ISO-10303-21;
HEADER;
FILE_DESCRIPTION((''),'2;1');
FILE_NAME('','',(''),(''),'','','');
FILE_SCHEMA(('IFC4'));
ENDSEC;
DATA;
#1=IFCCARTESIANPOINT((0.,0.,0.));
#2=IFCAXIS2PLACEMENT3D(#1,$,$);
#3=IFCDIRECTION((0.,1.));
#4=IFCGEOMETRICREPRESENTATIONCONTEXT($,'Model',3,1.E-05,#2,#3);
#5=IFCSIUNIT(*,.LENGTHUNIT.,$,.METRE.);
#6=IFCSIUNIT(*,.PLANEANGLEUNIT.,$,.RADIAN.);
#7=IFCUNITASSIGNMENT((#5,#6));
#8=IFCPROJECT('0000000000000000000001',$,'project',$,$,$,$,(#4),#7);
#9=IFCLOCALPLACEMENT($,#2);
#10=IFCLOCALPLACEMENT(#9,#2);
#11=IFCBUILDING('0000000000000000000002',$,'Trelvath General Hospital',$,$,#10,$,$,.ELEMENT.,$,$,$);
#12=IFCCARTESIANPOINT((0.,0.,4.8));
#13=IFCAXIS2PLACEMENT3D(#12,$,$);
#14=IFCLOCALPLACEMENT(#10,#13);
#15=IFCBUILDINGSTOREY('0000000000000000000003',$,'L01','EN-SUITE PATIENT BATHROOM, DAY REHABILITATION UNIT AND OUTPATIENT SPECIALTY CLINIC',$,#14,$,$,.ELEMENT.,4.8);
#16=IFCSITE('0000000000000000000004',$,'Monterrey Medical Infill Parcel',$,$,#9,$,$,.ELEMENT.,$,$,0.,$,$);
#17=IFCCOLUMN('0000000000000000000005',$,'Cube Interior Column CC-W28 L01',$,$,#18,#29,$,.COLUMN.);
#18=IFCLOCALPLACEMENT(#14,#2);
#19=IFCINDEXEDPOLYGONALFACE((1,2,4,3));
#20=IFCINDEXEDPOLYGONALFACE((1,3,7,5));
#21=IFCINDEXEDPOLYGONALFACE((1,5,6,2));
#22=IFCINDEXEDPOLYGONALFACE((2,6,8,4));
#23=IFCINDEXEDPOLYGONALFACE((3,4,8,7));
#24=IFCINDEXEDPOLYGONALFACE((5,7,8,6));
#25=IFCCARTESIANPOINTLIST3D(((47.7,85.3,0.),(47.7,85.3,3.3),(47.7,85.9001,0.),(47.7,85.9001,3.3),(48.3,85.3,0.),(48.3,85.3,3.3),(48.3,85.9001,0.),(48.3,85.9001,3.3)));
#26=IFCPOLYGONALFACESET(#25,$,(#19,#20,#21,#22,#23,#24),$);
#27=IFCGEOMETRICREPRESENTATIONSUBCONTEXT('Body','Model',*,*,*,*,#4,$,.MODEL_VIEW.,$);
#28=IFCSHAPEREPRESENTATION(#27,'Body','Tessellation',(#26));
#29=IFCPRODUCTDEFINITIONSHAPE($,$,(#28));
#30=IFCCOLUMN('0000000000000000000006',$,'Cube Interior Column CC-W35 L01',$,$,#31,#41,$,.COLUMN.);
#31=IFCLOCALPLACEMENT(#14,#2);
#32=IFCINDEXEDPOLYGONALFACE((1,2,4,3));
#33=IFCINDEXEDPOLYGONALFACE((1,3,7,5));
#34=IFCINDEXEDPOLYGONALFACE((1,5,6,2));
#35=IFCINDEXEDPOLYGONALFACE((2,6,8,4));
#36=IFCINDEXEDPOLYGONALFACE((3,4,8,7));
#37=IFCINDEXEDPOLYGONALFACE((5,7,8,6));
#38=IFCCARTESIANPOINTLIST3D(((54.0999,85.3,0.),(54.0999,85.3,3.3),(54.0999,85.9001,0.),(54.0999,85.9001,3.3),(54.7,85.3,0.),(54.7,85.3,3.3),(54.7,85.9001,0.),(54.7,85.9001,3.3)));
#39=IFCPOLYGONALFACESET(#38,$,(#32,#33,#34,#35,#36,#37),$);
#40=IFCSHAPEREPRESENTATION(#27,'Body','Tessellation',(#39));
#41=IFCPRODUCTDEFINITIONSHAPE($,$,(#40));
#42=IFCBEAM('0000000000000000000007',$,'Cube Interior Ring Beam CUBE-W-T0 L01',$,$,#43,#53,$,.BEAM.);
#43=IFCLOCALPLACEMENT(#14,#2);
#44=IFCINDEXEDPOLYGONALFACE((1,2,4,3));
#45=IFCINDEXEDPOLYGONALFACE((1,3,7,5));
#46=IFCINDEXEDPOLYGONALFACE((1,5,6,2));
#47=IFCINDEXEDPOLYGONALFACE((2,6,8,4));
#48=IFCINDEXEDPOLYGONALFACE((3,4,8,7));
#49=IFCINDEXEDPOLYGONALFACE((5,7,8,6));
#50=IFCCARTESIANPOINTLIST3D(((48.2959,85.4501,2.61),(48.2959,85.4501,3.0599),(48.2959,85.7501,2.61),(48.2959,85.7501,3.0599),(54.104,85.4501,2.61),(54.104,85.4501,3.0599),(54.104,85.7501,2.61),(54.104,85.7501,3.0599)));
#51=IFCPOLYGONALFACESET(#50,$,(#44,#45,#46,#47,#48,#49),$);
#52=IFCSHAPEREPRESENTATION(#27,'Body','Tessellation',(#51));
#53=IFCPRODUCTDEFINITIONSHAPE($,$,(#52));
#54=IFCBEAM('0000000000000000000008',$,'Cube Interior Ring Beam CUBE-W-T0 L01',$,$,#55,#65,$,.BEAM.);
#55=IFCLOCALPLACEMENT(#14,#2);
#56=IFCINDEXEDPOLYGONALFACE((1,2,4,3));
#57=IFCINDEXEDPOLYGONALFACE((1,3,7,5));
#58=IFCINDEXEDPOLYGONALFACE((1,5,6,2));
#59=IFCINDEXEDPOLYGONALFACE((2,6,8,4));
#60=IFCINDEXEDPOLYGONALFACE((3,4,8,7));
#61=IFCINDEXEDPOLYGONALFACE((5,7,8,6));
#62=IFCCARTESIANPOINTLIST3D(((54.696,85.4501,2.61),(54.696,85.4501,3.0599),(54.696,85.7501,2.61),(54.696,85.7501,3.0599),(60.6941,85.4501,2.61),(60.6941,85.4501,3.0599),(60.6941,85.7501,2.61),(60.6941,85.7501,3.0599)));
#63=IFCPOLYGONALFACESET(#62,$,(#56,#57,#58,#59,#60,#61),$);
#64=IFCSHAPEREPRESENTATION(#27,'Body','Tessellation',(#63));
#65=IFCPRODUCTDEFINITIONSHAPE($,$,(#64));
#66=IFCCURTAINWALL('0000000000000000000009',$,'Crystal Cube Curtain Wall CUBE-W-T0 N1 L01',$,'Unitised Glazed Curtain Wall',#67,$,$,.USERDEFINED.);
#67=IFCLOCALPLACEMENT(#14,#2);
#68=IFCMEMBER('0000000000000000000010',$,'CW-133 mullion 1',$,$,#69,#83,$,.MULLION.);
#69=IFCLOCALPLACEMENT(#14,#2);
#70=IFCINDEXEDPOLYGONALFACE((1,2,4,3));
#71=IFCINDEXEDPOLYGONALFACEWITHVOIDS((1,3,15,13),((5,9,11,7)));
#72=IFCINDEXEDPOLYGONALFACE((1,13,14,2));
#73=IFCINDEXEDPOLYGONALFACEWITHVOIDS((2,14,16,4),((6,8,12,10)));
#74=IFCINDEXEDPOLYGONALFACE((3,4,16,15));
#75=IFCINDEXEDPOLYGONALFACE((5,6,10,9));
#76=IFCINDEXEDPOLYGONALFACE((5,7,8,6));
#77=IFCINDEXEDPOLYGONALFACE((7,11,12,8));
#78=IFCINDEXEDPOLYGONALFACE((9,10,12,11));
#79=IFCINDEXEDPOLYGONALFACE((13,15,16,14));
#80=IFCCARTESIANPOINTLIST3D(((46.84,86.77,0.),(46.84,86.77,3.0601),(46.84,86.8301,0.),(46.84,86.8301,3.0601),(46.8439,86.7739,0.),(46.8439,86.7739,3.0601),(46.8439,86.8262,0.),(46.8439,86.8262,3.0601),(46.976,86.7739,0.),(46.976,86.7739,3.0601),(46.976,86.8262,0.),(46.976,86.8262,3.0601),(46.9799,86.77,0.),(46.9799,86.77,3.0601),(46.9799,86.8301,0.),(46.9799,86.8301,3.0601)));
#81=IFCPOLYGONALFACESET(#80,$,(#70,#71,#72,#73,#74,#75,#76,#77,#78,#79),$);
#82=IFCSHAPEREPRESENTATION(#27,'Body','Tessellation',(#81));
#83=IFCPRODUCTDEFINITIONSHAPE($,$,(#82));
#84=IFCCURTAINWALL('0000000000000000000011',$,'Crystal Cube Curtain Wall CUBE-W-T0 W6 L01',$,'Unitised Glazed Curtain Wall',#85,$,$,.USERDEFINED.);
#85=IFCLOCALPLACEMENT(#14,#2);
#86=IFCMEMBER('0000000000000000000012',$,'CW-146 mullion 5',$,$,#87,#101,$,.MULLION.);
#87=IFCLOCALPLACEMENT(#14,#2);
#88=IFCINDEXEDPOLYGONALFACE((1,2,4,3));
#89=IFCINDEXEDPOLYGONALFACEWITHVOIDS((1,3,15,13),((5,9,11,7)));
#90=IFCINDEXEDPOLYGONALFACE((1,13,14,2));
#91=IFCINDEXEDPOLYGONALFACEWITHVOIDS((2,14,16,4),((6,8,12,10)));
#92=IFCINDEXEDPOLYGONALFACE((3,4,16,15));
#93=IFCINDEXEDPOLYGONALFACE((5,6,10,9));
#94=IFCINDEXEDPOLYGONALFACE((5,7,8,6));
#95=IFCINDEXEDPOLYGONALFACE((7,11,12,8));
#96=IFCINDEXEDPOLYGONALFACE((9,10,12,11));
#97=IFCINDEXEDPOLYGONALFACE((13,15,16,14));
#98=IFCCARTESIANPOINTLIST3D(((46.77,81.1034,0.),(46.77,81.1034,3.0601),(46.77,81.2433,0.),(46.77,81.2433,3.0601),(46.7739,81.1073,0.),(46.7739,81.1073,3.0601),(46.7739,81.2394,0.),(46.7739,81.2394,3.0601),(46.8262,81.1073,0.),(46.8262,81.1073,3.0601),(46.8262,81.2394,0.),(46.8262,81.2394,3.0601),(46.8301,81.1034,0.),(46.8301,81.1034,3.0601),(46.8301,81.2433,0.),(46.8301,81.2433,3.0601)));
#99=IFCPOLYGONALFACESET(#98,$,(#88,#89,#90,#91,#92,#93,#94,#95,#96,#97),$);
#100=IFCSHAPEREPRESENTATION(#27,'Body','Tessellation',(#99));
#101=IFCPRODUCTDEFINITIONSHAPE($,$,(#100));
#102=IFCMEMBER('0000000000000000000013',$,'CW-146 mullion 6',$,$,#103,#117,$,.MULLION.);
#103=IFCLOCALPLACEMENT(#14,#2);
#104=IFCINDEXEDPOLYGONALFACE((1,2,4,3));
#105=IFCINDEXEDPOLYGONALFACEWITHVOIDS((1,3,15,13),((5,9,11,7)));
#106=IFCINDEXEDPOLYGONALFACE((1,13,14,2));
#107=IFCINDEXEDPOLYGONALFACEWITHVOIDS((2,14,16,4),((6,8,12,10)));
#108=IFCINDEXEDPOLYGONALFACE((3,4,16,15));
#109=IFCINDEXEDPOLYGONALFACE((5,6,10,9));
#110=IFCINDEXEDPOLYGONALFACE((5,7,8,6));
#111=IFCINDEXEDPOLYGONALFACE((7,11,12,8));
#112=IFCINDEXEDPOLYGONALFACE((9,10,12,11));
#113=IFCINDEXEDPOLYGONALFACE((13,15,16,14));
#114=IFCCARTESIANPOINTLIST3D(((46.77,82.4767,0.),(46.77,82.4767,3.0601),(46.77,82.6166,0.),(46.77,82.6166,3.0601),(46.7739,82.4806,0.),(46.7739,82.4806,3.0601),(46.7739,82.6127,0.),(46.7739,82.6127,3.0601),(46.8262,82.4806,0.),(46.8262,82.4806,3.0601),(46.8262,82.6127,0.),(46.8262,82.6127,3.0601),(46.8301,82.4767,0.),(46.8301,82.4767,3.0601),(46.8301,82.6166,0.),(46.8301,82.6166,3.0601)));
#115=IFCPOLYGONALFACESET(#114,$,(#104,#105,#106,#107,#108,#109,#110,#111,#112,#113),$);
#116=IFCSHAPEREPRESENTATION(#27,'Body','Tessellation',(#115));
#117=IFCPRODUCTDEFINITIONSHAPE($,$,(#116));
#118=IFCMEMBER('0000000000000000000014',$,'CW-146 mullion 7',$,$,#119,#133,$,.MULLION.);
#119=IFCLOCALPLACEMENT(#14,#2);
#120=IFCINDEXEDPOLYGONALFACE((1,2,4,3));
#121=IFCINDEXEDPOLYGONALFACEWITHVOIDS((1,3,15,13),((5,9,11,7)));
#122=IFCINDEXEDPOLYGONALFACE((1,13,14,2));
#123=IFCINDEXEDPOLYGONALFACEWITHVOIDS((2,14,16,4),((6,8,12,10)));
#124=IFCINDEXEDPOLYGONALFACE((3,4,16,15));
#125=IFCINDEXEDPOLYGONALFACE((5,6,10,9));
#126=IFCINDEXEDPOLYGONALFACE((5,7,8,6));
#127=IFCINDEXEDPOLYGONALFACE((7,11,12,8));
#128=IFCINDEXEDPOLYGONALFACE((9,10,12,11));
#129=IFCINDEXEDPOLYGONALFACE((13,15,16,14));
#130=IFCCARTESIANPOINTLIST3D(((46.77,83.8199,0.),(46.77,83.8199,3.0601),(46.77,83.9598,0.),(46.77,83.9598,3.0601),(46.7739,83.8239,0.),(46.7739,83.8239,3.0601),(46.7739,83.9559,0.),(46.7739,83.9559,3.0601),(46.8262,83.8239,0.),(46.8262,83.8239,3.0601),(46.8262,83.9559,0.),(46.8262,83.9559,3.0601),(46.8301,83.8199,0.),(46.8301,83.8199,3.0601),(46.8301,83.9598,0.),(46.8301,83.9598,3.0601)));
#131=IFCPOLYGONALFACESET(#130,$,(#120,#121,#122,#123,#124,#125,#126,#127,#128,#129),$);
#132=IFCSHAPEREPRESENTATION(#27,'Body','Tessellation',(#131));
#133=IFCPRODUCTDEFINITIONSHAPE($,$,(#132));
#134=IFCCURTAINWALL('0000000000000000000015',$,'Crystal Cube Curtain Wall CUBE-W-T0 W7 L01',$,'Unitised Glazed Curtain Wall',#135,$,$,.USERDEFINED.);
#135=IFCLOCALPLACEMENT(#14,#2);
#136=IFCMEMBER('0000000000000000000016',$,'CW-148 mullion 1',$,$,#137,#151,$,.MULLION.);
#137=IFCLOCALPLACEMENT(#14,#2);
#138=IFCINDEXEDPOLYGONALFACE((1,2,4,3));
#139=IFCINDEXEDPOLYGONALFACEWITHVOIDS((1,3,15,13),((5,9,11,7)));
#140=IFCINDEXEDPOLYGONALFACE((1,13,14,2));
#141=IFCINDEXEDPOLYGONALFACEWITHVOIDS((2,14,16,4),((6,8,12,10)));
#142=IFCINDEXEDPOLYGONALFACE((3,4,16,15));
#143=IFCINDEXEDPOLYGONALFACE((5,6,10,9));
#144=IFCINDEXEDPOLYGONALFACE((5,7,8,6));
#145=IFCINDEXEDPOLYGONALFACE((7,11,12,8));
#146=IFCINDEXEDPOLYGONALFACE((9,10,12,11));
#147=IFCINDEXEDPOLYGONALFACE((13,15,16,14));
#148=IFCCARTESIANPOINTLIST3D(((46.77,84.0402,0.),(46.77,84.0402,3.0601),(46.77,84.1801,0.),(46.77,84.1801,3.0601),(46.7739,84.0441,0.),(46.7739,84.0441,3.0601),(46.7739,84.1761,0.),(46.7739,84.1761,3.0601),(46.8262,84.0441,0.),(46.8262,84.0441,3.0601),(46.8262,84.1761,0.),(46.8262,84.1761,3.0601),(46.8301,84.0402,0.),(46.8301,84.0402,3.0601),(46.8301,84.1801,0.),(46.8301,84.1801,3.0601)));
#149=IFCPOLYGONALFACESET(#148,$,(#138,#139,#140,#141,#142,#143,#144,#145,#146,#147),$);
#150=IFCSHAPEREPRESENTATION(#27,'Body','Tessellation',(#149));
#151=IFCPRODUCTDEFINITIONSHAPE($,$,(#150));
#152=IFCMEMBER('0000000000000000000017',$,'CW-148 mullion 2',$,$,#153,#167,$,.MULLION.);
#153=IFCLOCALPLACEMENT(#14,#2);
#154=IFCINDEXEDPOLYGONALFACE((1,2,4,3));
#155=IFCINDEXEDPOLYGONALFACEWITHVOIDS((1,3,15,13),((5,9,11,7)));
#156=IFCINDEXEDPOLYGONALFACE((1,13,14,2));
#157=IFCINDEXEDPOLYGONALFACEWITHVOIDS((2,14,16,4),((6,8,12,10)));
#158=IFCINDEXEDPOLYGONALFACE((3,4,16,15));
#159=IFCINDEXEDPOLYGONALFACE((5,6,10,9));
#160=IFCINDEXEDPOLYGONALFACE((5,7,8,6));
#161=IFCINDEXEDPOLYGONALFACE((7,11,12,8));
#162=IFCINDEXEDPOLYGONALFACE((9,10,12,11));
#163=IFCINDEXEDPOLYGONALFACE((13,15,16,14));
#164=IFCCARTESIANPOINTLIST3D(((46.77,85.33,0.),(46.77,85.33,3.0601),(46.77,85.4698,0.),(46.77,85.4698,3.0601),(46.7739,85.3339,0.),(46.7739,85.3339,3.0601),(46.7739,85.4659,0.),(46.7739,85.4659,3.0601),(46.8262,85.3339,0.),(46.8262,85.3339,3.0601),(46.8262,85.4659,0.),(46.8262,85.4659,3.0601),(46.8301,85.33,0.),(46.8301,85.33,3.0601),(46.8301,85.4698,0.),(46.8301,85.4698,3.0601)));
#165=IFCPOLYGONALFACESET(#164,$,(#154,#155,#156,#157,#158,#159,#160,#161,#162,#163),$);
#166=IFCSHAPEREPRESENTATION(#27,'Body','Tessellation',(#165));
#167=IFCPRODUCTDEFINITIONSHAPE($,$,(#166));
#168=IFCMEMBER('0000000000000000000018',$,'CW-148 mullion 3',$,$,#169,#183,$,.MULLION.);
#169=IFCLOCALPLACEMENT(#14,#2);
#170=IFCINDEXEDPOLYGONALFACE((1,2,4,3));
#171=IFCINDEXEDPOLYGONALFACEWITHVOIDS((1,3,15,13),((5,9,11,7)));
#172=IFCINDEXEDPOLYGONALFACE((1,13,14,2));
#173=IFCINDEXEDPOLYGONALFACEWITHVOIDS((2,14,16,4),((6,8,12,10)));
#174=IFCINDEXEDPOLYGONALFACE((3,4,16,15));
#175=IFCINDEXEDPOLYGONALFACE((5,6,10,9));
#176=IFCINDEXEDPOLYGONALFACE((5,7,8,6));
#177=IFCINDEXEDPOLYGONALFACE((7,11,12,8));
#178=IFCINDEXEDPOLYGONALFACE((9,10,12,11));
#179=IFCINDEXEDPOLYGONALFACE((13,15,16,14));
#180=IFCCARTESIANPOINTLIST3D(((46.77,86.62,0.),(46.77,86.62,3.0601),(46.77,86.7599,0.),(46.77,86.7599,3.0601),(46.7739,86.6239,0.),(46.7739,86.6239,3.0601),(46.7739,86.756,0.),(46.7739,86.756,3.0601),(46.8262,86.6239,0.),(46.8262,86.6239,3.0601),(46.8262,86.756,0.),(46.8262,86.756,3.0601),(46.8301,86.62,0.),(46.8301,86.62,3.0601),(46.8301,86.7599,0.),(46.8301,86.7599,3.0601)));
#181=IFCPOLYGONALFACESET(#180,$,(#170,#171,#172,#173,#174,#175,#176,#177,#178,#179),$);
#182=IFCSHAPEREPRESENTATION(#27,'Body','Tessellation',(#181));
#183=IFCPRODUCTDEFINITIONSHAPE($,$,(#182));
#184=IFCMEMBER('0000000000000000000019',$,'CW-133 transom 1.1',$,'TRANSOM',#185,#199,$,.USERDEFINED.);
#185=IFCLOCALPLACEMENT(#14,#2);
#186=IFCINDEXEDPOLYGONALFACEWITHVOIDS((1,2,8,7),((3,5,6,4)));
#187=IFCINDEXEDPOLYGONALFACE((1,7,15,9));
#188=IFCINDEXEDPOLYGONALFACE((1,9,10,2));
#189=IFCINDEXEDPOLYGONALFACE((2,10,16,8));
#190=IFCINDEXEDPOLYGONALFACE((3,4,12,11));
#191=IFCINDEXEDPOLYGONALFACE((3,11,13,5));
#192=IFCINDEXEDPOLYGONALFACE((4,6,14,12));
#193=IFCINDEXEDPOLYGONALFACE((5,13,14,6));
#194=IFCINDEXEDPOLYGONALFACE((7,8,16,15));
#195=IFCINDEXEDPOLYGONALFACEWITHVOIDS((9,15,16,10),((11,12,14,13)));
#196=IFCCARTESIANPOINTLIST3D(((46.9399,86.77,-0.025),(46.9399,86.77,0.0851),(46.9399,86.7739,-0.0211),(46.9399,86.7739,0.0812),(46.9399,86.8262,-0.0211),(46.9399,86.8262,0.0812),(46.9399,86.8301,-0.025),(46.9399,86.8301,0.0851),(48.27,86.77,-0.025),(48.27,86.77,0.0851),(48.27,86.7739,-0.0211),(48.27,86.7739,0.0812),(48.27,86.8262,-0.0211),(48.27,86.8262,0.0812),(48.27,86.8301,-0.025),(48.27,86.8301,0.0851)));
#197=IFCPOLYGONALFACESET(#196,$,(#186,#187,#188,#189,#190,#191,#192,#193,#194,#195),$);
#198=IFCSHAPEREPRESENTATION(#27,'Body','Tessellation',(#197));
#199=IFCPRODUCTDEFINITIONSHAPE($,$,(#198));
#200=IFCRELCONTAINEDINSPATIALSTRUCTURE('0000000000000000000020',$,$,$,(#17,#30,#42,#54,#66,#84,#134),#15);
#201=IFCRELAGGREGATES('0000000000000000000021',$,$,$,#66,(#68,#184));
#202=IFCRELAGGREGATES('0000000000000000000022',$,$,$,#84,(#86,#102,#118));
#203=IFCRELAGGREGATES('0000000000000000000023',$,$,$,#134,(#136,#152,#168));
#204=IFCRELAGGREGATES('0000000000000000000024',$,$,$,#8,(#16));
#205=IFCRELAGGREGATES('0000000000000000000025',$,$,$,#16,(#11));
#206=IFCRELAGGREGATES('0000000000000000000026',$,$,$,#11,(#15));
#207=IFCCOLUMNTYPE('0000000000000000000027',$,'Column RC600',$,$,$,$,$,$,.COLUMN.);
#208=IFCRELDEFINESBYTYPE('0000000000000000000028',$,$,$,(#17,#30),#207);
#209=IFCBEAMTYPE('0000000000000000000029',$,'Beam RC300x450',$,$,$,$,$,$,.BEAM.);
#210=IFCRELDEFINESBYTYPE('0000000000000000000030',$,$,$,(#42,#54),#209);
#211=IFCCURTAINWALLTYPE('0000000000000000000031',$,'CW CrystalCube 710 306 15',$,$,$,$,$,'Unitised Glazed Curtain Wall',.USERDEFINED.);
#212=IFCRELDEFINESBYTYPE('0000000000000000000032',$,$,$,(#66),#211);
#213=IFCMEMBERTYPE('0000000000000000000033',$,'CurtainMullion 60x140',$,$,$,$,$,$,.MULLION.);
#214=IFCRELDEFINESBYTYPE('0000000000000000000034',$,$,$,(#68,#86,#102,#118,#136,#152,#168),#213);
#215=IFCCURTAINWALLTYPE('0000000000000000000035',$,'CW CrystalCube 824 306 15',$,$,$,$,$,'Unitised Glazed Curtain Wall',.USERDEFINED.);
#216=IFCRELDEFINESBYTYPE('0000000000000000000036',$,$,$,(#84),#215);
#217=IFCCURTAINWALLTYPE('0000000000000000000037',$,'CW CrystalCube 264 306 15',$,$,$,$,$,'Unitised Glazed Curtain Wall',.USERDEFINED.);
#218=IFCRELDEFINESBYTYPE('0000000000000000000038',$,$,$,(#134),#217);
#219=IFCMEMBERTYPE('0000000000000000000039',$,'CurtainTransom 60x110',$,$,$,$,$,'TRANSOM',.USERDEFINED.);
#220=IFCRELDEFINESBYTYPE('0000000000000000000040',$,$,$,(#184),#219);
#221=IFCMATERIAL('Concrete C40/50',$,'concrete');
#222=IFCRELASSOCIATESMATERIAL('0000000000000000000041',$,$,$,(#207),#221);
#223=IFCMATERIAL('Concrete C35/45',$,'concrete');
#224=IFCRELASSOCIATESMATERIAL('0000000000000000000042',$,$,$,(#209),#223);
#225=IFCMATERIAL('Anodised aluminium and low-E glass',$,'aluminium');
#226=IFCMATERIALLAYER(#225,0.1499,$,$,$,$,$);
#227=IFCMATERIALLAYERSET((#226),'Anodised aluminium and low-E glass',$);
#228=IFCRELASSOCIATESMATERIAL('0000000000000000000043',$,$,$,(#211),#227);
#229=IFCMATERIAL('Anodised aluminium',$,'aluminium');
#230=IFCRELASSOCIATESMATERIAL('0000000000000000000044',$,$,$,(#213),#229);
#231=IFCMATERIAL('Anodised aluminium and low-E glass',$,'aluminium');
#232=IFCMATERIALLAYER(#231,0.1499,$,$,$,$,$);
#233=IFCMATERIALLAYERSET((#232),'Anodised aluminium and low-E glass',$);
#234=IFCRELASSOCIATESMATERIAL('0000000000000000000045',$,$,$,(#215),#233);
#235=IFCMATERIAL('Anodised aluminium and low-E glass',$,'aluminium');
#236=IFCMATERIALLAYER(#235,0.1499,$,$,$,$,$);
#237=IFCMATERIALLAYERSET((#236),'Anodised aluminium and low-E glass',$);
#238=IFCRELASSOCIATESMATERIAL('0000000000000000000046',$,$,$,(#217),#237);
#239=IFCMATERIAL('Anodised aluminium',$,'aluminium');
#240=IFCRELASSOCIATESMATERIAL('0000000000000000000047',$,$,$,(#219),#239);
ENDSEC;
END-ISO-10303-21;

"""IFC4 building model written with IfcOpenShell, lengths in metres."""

from ifc_helpers import new_model, si_unit, direction, frame, origin, origin_2d, place, context, subcontext, project, spatial, rectangle, hollow_rectangle, extrude, material, layer, layer_set, material_profile, profile_set, type_object, element, aggregate, save


model = new_model("IFC4")

# Units and contexts
model_context = context("Model", 3, precision=1e-05, world=origin(), true_north=direction((0.0, 1.0)))
body_context = subcontext(model_context, "Body", "Model", "MODEL_VIEW")
ifc_project = project(units=[si_unit("LENGTHUNIT", "METRE"), si_unit("PLANEANGLEUNIT", "RADIAN")], contexts=[model_context])

# Site, building, storey
site_placement = place(None, origin())
site = spatial("IfcSite", under=ifc_project, at=site_placement, Name="Monterrey Medical Infill Parcel", CompositionType="ELEMENT", RefElevation=0.0)
building_placement = place(site_placement, origin())
building = spatial("IfcBuilding", under=site, at=building_placement, Name="Trelvath General Hospital", CompositionType="ELEMENT")
storey_placement = place(building_placement, frame((0.0, 0.0, 4.8)))
storey = spatial("IfcBuildingStorey", under=building, at=storey_placement, Name="L01", Description="EN-SUITE PATIENT BATHROOM, DAY REHABILITATION UNIT AND OUTPATIENT SPECIALTY CLINIC", CompositionType="ELEMENT", Elevation=4.8)

# Columns
ifc_material_1 = material(Name="Concrete C40/50", Category="concrete")
ifc_material_profile_1 = material_profile(ifc_material_1, rectangle(XDim=0.6001, YDim=0.6001, at=origin_2d()), Name="RC600x600")
ifc_profile_set_1 = profile_set([ifc_material_profile_1], Name="Concrete C40/50")
column_type = type_object("IfcColumnType", Name="Column RC600", PredefinedType="COLUMN", material=ifc_profile_set_1)
for number, where, z_axis, x_axis, name in (
    (1, (48.0, 85.6001, 0.0), (0.0, 0.0, 1.0), (1.0, 0.0, 0.0), "Cube Interior Column CC-W28 L01"),
    (2, (54.3999, 85.6001, 0.0), (0.0, 0.0, 1.0), (1.0, 0.0, 0.0), "Cube Interior Column CC-W35 L01"),
):
    element("IfcColumn", number, at=place(storey_placement, frame(where, z_axis=z_axis, x_axis=x_axis)), inside=storey, type_object=column_type, Name=name, PredefinedType="COLUMN", context=body_context, shape_type="SweptSolid", body=[
        extrude(rectangle(XDim=0.6001, YDim=0.6001, at=origin_2d()), origin(), (0.0, 0.0, 1.0), 3.3),
    ])

# Beams
ifc_material_2 = material(Name="Concrete C35/45", Category="concrete")
ifc_material_profile_2 = material_profile(ifc_material_2, rectangle(XDim=0.3, YDim=0.45, at=origin_2d()), Name="RCB300x450")
ifc_profile_set_2 = profile_set([ifc_material_profile_2], Name="Concrete C35/45")
beam_type = type_object("IfcBeamType", Name="Beam RC300x450", PredefinedType="BEAM", material=ifc_profile_set_2)
beam_1_placement = place(storey_placement, frame((48.2959, 85.6001, 2.835), z_axis=(1.0, 0.0, 0.0), x_axis=(0.0, 1.0, 0.0)))
element("IfcBeam", 3, at=beam_1_placement, inside=storey, type_object=beam_type, Name="Cube Interior Ring Beam CUBE-W-T0 L01", PredefinedType="BEAM", context=body_context, shape_type="SweptSolid", body=[
    extrude(rectangle(XDim=0.3, YDim=0.45, at=origin_2d()), origin(), (0.0, 0.0, 1.0), 5.8081),
])
beam_2_placement = place(storey_placement, frame((54.696, 85.6001, 2.835), z_axis=(1.0, 0.0, 0.0), x_axis=(0.0, 1.0, 0.0)))
element("IfcBeam", 4, at=beam_2_placement, inside=storey, type_object=beam_type, Name="Cube Interior Ring Beam CUBE-W-T0 L01", PredefinedType="BEAM", context=body_context, shape_type="SweptSolid", body=[
    extrude(rectangle(XDim=0.3, YDim=0.45, at=origin_2d()), origin(), (0.0, 0.0, 1.0), 5.998),
])

# Curtain wall, member
ifc_material_3 = material(Name="Anodised aluminium and low-E glass", Category="aluminium")
ifc_layer_1 = layer(ifc_material_3, 0.1499)
ifc_layer_set_1 = layer_set([ifc_layer_1], Name="Anodised aluminium and low-E glass")
curtain_wall_type_1 = type_object("IfcCurtainWallType", Name="CW CrystalCube 710 306 15", ElementType="Unitised Glazed Curtain Wall", PredefinedType="USERDEFINED", material=ifc_layer_set_1)
curtain_wall_1_placement = place(storey_placement, origin())
curtain_wall_1 = element("IfcCurtainWall", 5, at=curtain_wall_1_placement, inside=storey, type_object=curtain_wall_type_1, Name="Crystal Cube Curtain Wall CUBE-W-T0 N1 L01", ObjectType="Unitised Glazed Curtain Wall", PredefinedType="USERDEFINED")
ifc_material_4 = material(Name="Anodised aluminium", Category="aluminium")
ifc_material_profile_3 = material_profile(ifc_material_4, hollow_rectangle(XDim=0.0601, YDim=0.1399, WallThickness=0.0039, at=origin_2d()), Name="RHS60x140x4")
ifc_profile_set_3 = profile_set([ifc_material_profile_3], Name="Anodised aluminium")
member_type_1 = type_object("IfcMemberType", Name="CurtainMullion 60x140", PredefinedType="MULLION", material=ifc_profile_set_3)
member_1_placement = place(storey_placement, frame((46.9099, 86.8, 0.0), z_axis=(0.0, 0.0, 1.0), x_axis=(0.0, 1.0, 0.0)))
member_1 = element("IfcMember", 6, at=member_1_placement, type_object=member_type_1, Name="CW-133 mullion 1", PredefinedType="MULLION", context=body_context, shape_type="SweptSolid", body=[
    extrude(hollow_rectangle(XDim=0.0601, YDim=0.1399, WallThickness=0.0039, at=origin_2d()), origin(), (0.0, 0.0, 1.0), 3.0601),
])

# Curtain walls, members
ifc_material_5 = material(Name="Anodised aluminium and low-E glass", Category="aluminium")
ifc_layer_2 = layer(ifc_material_5, 0.1499)
ifc_layer_set_2 = layer_set([ifc_layer_2], Name="Anodised aluminium and low-E glass")
curtain_wall_type_2 = type_object("IfcCurtainWallType", Name="CW CrystalCube 824 306 15", ElementType="Unitised Glazed Curtain Wall", PredefinedType="USERDEFINED", material=ifc_layer_set_2)
curtain_wall_2_placement = place(storey_placement, origin())
curtain_wall_2 = element("IfcCurtainWall", 7, at=curtain_wall_2_placement, inside=storey, type_object=curtain_wall_type_2, Name="Crystal Cube Curtain Wall CUBE-W-T0 W6 L01", ObjectType="Unitised Glazed Curtain Wall", PredefinedType="USERDEFINED")
member_2_placement = place(storey_placement, frame((46.8, 81.1733, 0.0), z_axis=(0.0, 0.0, 1.0), x_axis=(-1.0, 0.0, 0.0)))
member_2 = element("IfcMember", 8, at=member_2_placement, type_object=member_type_1, Name="CW-146 mullion 5", PredefinedType="MULLION", context=body_context, shape_type="SweptSolid", body=[
    extrude(hollow_rectangle(XDim=0.0601, YDim=0.1399, WallThickness=0.0039, at=origin_2d()), origin(), (0.0, 0.0, 1.0), 3.0601),
])
member_3_placement = place(storey_placement, frame((46.8, 82.5466, 0.0), z_axis=(0.0, 0.0, 1.0), x_axis=(-1.0, 0.0, 0.0)))
member_3 = element("IfcMember", 9, at=member_3_placement, type_object=member_type_1, Name="CW-146 mullion 6", PredefinedType="MULLION", context=body_context, shape_type="SweptSolid", body=[
    extrude(hollow_rectangle(XDim=0.0601, YDim=0.1399, WallThickness=0.0039, at=origin_2d()), origin(), (0.0, 0.0, 1.0), 3.0601),
])
member_4_placement = place(storey_placement, frame((46.8, 83.8899, 0.0), z_axis=(0.0, 0.0, 1.0), x_axis=(-1.0, 0.0, 0.0)))
member_4 = element("IfcMember", 10, at=member_4_placement, type_object=member_type_1, Name="CW-146 mullion 7", PredefinedType="MULLION", context=body_context, shape_type="SweptSolid", body=[
    extrude(hollow_rectangle(XDim=0.0601, YDim=0.1399, WallThickness=0.0039, at=origin_2d()), origin(), (0.0, 0.0, 1.0), 3.0601),
])
ifc_material_6 = material(Name="Anodised aluminium and low-E glass", Category="aluminium")
ifc_layer_3 = layer(ifc_material_6, 0.1499)
ifc_layer_set_3 = layer_set([ifc_layer_3], Name="Anodised aluminium and low-E glass")
curtain_wall_type_3 = type_object("IfcCurtainWallType", Name="CW CrystalCube 264 306 15", ElementType="Unitised Glazed Curtain Wall", PredefinedType="USERDEFINED", material=ifc_layer_set_3)
curtain_wall_3_placement = place(storey_placement, origin())
curtain_wall_3 = element("IfcCurtainWall", 11, at=curtain_wall_3_placement, inside=storey, type_object=curtain_wall_type_3, Name="Crystal Cube Curtain Wall CUBE-W-T0 W7 L01", ObjectType="Unitised Glazed Curtain Wall", PredefinedType="USERDEFINED")
member_5_placement = place(storey_placement, frame((46.8, 84.1101, 0.0), z_axis=(0.0, 0.0, 1.0), x_axis=(-1.0, 0.0, 0.0)))
member_5 = element("IfcMember", 12, at=member_5_placement, type_object=member_type_1, Name="CW-148 mullion 1", PredefinedType="MULLION", context=body_context, shape_type="SweptSolid", body=[
    extrude(hollow_rectangle(XDim=0.0601, YDim=0.1399, WallThickness=0.0039, at=origin_2d()), origin(), (0.0, 0.0, 1.0), 3.0601),
])
member_6_placement = place(storey_placement, frame((46.8, 85.3999, 0.0), z_axis=(0.0, 0.0, 1.0), x_axis=(-1.0, 0.0, 0.0)))
member_6 = element("IfcMember", 13, at=member_6_placement, type_object=member_type_1, Name="CW-148 mullion 2", PredefinedType="MULLION", context=body_context, shape_type="SweptSolid", body=[
    extrude(hollow_rectangle(XDim=0.0601, YDim=0.1399, WallThickness=0.0039, at=origin_2d()), origin(), (0.0, 0.0, 1.0), 3.0601),
])
member_7_placement = place(storey_placement, frame((46.8, 86.6899, 0.0), z_axis=(0.0, 0.0, 1.0), x_axis=(-1.0, 0.0, 0.0)))
member_7 = element("IfcMember", 14, at=member_7_placement, type_object=member_type_1, Name="CW-148 mullion 3", PredefinedType="MULLION", context=body_context, shape_type="SweptSolid", body=[
    extrude(hollow_rectangle(XDim=0.0601, YDim=0.1399, WallThickness=0.0039, at=origin_2d()), origin(), (0.0, 0.0, 1.0), 3.0601),
])

# Member
ifc_material_7 = material(Name="Anodised aluminium", Category="aluminium")
ifc_material_profile_4 = material_profile(ifc_material_7, hollow_rectangle(XDim=0.0601, YDim=0.1101, WallThickness=0.0039, at=origin_2d()), Name="RHS60x110x4")
ifc_profile_set_4 = profile_set([ifc_material_profile_4], Name="Anodised aluminium")
member_type_2 = type_object("IfcMemberType", Name="CurtainTransom 60x110", ElementType="TRANSOM", PredefinedType="USERDEFINED", material=ifc_profile_set_4)
member_8_placement = place(storey_placement, frame((46.9399, 86.8, 0.03), z_axis=(1.0, 0.0, 0.0), x_axis=(0.0, 1.0, 0.0)))
member_8 = element("IfcMember", 15, at=member_8_placement, type_object=member_type_2, Name="CW-133 transom 1.1", ObjectType="TRANSOM", PredefinedType="USERDEFINED", context=body_context, shape_type="SweptSolid", body=[
    extrude(hollow_rectangle(XDim=0.0601, YDim=0.1101, WallThickness=0.0039, at=origin_2d()), origin(), (0.0, 0.0, 1.0), 1.3301),
])
aggregate(curtain_wall_1, [member_1, member_8])

aggregate(curtain_wall_2, [member_2, member_3, member_4])
aggregate(curtain_wall_3, [member_5, member_6, member_7])

save(model, "model.ifc")
